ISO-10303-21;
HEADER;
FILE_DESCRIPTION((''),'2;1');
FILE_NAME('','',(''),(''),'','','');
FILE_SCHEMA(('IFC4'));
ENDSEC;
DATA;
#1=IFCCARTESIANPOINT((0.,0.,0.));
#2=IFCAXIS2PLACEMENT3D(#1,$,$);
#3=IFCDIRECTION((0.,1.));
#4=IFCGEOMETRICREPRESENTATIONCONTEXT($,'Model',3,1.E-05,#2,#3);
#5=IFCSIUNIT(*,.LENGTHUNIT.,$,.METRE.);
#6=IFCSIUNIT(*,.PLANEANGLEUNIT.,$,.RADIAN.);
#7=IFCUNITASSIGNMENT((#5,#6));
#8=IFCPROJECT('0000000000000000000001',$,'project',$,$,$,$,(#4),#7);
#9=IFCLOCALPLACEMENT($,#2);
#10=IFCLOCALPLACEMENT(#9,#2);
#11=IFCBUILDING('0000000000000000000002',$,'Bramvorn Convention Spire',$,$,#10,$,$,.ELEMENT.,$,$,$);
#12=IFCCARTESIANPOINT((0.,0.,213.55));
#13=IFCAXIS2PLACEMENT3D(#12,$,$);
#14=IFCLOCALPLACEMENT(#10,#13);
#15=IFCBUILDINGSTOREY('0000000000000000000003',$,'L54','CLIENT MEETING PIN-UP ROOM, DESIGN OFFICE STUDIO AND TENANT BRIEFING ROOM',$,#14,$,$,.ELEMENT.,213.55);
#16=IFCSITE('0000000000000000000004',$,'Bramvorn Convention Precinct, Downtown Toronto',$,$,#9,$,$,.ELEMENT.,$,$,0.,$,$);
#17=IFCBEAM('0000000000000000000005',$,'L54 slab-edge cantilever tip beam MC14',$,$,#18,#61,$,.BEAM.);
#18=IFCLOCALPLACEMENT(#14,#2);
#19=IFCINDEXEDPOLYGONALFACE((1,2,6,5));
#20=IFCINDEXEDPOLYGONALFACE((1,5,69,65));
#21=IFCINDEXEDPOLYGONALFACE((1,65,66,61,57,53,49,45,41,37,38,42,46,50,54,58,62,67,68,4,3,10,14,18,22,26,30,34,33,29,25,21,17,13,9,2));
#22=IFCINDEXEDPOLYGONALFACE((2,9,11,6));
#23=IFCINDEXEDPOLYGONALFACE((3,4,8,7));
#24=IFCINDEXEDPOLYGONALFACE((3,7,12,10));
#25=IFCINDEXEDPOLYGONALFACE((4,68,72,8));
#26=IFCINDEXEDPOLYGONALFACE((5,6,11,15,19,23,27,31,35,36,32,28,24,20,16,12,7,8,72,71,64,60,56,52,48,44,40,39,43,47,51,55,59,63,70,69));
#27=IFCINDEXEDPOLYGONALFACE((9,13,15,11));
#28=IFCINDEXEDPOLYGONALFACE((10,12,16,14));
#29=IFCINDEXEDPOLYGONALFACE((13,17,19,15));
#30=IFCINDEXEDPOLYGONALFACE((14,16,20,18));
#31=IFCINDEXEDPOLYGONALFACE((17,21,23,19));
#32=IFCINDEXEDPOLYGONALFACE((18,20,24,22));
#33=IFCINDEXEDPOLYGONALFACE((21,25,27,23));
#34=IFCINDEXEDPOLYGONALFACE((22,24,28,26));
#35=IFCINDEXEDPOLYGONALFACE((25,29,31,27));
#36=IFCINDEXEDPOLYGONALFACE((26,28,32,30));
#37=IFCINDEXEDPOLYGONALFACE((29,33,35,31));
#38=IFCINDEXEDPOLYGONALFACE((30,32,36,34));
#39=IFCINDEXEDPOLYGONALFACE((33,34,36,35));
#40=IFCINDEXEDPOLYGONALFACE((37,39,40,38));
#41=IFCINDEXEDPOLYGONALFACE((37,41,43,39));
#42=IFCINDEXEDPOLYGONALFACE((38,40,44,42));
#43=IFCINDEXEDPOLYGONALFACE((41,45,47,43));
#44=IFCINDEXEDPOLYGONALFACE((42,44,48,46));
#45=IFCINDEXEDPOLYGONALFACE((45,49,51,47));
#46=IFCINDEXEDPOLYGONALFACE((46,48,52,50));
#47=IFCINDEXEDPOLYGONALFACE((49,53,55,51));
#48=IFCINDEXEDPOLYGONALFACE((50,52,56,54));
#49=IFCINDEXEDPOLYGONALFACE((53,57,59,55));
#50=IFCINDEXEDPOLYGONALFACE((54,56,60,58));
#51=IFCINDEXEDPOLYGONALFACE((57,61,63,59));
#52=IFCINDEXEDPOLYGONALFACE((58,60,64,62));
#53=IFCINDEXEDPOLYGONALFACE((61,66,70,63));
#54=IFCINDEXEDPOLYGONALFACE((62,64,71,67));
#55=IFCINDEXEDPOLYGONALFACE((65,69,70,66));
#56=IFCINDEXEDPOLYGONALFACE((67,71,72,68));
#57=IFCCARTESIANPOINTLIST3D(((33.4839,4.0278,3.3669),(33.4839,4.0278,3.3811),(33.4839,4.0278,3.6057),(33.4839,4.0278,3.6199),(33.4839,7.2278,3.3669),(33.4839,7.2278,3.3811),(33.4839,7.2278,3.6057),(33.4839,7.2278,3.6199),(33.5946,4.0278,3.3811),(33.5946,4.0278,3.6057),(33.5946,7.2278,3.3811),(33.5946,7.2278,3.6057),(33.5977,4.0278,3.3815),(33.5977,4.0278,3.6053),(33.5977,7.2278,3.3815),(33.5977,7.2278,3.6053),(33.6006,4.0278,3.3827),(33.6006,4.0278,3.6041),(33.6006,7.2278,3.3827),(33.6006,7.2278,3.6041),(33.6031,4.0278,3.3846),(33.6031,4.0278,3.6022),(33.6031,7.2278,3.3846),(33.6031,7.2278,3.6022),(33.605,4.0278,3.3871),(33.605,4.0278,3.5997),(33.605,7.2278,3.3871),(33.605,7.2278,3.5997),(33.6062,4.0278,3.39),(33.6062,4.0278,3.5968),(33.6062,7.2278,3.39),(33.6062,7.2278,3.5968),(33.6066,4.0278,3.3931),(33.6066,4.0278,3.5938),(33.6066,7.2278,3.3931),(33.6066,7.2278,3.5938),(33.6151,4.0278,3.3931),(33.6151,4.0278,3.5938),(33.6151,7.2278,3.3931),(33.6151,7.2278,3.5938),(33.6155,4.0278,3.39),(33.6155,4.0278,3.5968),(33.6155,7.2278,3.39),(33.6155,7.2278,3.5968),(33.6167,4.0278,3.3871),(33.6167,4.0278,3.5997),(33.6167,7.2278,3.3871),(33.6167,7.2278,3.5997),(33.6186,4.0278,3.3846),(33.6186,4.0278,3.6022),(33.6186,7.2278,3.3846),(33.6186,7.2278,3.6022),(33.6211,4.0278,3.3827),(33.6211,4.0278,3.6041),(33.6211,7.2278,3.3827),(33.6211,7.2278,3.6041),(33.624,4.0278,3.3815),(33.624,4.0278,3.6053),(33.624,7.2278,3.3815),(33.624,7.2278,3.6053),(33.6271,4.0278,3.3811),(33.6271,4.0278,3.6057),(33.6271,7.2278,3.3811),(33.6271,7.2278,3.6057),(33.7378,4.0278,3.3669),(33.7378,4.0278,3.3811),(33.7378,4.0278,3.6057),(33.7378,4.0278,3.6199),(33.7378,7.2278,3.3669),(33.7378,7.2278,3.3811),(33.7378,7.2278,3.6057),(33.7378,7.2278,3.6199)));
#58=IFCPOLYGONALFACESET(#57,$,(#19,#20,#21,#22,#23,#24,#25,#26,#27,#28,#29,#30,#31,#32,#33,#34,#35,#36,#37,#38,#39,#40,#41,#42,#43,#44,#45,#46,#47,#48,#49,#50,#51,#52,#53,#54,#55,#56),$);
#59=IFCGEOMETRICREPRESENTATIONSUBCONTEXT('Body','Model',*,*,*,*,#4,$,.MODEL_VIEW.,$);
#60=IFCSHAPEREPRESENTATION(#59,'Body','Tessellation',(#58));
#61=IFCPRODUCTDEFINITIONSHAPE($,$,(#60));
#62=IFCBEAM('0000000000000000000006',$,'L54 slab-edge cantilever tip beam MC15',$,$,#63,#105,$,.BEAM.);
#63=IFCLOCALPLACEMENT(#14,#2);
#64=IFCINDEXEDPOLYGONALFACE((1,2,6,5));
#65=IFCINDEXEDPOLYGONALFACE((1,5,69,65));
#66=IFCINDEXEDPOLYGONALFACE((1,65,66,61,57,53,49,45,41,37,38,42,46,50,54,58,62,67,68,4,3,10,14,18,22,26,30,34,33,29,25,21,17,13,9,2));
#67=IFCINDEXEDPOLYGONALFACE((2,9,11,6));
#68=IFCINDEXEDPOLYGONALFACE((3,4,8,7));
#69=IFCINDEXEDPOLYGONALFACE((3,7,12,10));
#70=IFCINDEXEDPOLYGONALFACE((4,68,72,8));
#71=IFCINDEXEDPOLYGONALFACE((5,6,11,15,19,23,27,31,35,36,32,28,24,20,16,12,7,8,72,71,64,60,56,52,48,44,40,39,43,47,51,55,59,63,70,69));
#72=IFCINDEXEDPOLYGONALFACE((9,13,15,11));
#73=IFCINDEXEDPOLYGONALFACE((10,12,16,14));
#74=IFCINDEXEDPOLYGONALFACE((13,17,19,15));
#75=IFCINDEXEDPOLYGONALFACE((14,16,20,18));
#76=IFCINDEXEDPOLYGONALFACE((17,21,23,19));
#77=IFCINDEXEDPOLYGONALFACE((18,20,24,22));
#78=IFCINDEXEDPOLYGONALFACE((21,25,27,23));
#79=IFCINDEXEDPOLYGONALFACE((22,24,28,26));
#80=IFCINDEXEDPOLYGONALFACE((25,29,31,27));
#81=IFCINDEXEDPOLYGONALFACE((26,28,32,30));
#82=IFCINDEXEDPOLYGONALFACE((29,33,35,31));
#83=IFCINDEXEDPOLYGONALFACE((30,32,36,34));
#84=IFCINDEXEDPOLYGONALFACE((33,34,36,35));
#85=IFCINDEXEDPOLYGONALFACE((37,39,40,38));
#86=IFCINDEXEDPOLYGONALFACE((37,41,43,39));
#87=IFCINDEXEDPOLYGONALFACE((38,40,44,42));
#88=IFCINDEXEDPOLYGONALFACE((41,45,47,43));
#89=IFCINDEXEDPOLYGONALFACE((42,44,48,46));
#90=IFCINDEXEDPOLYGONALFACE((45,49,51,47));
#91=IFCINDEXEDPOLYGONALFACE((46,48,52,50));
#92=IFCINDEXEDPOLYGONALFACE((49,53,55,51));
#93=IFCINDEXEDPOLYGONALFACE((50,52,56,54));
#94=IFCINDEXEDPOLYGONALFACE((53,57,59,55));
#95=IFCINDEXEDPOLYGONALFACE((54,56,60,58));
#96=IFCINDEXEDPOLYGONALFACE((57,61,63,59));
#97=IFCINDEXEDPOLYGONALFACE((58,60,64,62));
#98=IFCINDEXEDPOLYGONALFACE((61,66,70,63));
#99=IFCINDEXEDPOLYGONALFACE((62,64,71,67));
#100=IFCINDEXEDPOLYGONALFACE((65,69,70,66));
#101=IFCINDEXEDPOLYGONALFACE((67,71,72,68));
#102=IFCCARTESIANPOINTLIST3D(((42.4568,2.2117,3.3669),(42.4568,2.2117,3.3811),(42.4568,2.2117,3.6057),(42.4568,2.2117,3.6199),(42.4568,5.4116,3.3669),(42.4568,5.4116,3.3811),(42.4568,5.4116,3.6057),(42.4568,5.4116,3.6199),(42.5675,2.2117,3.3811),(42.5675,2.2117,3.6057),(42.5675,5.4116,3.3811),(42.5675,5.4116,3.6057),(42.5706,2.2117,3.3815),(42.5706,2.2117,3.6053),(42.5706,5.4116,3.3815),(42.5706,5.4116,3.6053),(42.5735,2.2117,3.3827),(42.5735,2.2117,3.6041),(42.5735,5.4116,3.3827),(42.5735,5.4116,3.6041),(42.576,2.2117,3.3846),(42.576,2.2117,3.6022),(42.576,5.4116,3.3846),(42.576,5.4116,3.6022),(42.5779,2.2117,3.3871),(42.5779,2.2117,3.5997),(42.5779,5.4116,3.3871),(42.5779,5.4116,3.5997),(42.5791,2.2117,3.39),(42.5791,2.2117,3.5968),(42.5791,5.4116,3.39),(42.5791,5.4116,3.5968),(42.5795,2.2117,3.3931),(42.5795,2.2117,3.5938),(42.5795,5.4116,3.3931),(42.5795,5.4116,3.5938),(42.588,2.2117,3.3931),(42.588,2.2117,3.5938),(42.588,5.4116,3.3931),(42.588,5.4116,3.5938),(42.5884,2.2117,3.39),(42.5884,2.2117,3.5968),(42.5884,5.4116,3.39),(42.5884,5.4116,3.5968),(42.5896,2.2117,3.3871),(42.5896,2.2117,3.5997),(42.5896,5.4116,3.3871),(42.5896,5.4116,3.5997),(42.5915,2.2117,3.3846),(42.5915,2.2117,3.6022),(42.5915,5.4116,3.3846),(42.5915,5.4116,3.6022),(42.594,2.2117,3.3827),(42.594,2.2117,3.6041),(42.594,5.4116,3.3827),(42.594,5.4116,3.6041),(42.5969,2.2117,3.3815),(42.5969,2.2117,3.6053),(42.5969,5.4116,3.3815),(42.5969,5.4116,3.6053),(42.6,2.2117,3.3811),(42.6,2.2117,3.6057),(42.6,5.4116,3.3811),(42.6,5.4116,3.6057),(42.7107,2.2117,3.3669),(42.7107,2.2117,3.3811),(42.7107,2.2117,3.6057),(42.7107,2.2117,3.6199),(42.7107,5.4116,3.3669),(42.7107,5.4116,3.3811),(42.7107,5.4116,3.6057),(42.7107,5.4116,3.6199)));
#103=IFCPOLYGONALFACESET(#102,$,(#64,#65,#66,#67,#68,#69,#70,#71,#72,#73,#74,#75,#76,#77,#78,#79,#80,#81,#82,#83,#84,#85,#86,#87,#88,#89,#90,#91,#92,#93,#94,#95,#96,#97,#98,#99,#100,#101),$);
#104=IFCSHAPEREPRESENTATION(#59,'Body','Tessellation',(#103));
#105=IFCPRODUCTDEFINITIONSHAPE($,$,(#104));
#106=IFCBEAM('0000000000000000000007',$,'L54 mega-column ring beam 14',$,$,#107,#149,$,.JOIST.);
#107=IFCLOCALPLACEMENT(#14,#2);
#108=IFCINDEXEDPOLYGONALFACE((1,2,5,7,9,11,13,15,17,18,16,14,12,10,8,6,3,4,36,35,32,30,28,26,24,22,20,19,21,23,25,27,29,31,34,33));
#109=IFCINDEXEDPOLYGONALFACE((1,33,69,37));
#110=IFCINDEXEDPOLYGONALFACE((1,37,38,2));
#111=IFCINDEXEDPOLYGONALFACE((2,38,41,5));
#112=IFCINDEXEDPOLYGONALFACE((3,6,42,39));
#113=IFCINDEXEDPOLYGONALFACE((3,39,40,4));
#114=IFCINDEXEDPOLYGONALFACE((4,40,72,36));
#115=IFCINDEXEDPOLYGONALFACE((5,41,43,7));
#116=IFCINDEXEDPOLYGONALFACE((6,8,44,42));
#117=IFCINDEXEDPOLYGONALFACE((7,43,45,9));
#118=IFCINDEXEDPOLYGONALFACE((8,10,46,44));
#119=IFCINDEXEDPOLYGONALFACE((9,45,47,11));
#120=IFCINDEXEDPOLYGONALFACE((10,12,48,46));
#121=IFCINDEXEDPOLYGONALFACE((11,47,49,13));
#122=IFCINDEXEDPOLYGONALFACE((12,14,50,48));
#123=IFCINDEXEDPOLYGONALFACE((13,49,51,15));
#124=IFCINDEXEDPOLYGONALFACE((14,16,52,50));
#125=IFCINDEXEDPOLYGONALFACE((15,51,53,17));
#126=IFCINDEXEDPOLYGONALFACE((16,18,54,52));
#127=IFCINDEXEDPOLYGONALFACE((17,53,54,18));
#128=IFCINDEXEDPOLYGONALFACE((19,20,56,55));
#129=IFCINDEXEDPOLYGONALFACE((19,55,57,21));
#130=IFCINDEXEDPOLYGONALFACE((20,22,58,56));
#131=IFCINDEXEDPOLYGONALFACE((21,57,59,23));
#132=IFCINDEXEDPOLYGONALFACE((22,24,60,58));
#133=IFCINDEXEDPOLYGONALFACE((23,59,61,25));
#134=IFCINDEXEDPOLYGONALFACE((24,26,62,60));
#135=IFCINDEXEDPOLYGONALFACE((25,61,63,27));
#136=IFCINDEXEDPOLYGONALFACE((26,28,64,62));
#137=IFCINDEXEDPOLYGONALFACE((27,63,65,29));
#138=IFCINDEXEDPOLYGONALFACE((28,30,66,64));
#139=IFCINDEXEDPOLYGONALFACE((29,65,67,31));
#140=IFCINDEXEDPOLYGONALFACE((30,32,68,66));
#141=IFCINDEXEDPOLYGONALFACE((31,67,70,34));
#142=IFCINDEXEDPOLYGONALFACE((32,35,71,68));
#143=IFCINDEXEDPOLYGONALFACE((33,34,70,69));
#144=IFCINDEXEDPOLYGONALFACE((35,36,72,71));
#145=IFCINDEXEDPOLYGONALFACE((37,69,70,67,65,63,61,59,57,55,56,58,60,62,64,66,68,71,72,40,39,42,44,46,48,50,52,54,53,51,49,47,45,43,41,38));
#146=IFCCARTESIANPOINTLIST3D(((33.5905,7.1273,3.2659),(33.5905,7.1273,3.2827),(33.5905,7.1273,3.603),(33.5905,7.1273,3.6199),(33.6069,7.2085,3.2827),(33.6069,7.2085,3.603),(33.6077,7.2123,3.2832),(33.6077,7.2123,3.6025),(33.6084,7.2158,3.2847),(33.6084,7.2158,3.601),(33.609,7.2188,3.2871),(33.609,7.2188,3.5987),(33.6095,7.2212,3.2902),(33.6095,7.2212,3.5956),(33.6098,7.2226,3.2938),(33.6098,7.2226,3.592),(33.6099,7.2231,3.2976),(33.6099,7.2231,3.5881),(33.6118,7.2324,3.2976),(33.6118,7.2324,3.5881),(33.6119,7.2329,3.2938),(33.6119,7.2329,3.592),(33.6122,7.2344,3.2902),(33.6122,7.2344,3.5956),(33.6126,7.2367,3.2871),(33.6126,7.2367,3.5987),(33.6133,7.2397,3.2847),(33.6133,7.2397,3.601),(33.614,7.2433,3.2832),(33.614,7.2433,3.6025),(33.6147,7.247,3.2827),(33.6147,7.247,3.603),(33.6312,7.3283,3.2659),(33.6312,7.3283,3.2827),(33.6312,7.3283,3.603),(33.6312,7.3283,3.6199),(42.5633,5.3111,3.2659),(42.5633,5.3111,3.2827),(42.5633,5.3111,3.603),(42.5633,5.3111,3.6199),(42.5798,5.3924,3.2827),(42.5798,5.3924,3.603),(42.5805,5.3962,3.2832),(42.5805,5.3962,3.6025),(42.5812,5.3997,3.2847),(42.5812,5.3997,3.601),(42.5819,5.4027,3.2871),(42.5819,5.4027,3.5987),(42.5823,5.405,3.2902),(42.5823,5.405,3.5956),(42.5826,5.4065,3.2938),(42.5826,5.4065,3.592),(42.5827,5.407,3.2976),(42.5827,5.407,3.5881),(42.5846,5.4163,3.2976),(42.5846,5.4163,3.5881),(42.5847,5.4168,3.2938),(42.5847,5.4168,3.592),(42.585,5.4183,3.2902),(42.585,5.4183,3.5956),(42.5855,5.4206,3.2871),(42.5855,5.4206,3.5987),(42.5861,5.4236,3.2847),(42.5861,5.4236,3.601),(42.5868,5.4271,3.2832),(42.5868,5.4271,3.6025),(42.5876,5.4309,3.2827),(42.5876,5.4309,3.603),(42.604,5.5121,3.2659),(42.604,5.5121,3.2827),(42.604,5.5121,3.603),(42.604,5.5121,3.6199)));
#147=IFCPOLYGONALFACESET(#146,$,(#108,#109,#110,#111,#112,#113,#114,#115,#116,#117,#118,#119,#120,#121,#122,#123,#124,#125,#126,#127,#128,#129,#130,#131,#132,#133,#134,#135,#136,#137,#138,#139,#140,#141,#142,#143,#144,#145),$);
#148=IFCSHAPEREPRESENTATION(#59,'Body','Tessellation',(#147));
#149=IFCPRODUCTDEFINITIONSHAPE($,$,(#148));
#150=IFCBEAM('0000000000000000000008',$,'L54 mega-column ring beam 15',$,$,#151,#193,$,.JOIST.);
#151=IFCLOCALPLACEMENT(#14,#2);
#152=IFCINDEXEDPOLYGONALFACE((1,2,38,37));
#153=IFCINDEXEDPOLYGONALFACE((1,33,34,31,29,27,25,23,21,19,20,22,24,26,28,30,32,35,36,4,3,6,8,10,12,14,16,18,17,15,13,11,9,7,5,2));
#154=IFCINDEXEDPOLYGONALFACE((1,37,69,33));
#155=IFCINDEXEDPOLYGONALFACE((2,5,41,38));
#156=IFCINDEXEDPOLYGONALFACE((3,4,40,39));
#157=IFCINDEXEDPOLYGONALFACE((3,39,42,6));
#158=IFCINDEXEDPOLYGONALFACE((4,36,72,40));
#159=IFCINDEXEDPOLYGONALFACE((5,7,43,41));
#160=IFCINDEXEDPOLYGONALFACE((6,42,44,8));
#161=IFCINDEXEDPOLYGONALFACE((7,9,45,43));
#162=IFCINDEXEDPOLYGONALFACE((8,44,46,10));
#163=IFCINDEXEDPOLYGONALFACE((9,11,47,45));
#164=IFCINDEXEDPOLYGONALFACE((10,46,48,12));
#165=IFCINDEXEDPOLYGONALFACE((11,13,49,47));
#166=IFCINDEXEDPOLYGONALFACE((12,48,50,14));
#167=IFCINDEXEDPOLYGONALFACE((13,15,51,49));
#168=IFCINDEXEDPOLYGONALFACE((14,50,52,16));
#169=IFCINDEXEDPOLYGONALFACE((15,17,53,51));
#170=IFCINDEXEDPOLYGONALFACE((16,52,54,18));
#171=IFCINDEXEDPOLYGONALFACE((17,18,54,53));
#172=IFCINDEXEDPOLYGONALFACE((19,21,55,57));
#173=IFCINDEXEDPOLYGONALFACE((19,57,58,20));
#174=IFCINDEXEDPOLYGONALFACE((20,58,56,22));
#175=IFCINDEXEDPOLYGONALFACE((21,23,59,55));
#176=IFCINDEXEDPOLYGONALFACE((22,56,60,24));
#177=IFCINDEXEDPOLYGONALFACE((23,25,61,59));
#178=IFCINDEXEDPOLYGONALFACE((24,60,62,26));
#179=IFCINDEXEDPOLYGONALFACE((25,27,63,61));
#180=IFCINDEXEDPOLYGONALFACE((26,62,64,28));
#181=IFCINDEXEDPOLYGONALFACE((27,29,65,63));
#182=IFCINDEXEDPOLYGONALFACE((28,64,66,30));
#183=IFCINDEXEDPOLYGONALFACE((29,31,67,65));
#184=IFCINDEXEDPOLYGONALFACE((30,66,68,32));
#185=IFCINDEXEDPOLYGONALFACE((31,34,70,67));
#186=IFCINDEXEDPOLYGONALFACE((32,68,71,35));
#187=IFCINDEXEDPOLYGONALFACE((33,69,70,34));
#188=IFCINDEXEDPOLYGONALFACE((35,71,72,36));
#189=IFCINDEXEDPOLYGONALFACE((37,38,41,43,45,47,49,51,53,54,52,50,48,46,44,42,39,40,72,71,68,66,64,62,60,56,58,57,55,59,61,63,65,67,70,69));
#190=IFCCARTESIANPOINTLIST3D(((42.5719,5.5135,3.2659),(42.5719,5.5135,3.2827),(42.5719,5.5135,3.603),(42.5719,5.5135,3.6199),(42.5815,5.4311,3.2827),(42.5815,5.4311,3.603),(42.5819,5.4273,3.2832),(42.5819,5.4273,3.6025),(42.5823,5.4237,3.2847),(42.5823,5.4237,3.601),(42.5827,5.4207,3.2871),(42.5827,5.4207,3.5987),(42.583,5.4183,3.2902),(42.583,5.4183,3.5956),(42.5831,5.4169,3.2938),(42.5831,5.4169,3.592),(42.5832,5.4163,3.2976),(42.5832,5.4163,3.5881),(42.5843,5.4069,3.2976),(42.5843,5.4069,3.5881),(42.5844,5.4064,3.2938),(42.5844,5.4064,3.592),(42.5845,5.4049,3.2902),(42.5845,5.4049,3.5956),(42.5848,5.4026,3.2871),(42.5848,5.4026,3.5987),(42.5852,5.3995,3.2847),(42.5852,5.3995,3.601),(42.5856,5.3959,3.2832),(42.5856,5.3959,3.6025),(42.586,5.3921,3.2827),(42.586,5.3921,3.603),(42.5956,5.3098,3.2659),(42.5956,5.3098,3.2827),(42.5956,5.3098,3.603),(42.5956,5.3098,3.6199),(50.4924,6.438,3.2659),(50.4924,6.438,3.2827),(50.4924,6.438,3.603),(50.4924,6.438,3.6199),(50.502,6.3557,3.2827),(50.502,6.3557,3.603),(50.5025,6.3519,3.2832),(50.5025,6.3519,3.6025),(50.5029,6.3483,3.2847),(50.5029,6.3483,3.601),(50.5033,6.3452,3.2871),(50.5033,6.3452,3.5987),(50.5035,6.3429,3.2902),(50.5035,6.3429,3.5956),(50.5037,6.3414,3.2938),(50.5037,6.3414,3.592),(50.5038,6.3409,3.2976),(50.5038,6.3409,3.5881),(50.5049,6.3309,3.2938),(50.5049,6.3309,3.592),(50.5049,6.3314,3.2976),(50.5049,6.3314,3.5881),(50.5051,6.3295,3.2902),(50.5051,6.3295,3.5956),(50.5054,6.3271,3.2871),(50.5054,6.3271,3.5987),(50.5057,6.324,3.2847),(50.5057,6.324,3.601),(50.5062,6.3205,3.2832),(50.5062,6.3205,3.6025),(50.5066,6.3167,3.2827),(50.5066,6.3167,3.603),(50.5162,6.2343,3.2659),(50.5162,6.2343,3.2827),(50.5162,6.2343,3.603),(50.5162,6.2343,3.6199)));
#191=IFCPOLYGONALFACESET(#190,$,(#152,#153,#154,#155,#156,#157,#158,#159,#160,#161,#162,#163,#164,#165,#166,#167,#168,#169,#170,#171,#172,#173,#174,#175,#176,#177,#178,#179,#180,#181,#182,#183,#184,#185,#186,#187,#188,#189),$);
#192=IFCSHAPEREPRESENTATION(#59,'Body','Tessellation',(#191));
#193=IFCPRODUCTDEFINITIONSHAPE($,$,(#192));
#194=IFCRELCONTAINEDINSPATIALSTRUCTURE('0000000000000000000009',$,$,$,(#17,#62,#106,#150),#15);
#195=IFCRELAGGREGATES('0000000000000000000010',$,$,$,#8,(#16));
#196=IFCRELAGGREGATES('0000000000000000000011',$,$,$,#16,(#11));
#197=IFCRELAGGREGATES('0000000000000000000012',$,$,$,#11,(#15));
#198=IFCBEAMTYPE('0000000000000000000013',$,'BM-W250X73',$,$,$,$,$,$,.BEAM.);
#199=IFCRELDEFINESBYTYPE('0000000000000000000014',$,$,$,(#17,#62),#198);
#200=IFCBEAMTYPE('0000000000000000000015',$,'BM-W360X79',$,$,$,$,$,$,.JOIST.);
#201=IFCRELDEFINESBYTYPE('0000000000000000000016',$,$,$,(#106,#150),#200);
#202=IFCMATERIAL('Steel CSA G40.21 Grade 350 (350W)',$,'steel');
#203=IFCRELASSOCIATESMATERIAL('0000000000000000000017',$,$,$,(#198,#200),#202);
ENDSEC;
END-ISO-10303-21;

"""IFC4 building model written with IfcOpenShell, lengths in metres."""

from ifc_helpers import new_model, si_unit, direction, frame, origin, origin_2d, place, context, subcontext, project, spatial, i_section, extrude, material, material_profile, profile_set, type_object, element, save


model = new_model("IFC4")

# Units and contexts
model_context = context("Model", 3, precision=1e-05, world=origin(), true_north=direction((0.0, 1.0)))
body_context = subcontext(model_context, "Body", "Model", "MODEL_VIEW")
ifc_project = project(units=[si_unit("LENGTHUNIT", "METRE"), si_unit("PLANEANGLEUNIT", "RADIAN")], contexts=[model_context])

# Site, building, storey
site_placement = place(None, origin())
site = spatial("IfcSite", under=ifc_project, at=site_placement, Name="Bramvorn Convention Precinct, Downtown Toronto", CompositionType="ELEMENT", RefElevation=0.0)
building_placement = place(site_placement, origin())
building = spatial("IfcBuilding", under=site, at=building_placement, Name="Bramvorn Convention Spire", CompositionType="ELEMENT")
storey_placement = place(building_placement, frame((0.0, 0.0, 213.55)))
storey = spatial("IfcBuildingStorey", under=building, at=storey_placement, Name="L54", Description="CLIENT MEETING PIN-UP ROOM, DESIGN OFFICE STUDIO AND TENANT BRIEFING ROOM", CompositionType="ELEMENT", Elevation=213.55)

# Shared definitions
ifc_material_1 = material(Name="Steel CSA G40.21 Grade 350 (350W)", Category="steel")

# Beams
ifc_material_profile_1 = material_profile(ifc_material_1, i_section(OverallWidth=0.2539, OverallDepth=0.2529, WebThickness=0.0085, FlangeThickness=0.0142, FilletRadius=0.012, at=origin_2d()))
ifc_profile_set_1 = profile_set([ifc_material_profile_1], Name="Steel CSA G40.21 Grade 350 (350W) - W250X73")
beam_type_1 = type_object("IfcBeamType", Name="BM-W250X73", PredefinedType="BEAM", material=ifc_profile_set_1)
for number, where, z_axis, x_axis, name in (
    (1, (33.6108, 7.2278, 3.4934), (0.0, -1.0, 0.0), (1.0, 0.0, 0.0), "L54 slab-edge cantilever tip beam MC14"),
    (2, (42.5837, 5.4116, 3.4934), (0.0, -1.0, 0.0), (1.0, 0.0, 0.0), "L54 slab-edge cantilever tip beam MC15"),
):
    element("IfcBeam", number, at=place(storey_placement, frame(where, z_axis=z_axis, x_axis=x_axis)), inside=storey, type_object=beam_type_1, Name=name, PredefinedType="BEAM", context=body_context, shape_type="SweptSolid", body=[
        extrude(i_section(OverallWidth=0.2539, OverallDepth=0.2529, WebThickness=0.0085, FlangeThickness=0.0142, FilletRadius=0.012, at=origin_2d()), origin(), (0.0, 0.0, 1.0), 3.2),
    ])
ifc_material_profile_2 = material_profile(ifc_material_1, i_section(OverallWidth=0.2051, OverallDepth=0.354, WebThickness=0.0095, FlangeThickness=0.0168, FilletRadius=0.0149, at=origin_2d()))
ifc_profile_set_2 = profile_set([ifc_material_profile_2], Name="Steel CSA G40.21 Grade 350 (350W) - W360X79")
beam_type_2 = type_object("IfcBeamType", Name="BM-W360X79", PredefinedType="JOIST", material=ifc_profile_set_2)
beam_1_placement = place(storey_placement, frame((33.6108, 7.2278, 3.4429), z_axis=(0.980125, -0.198382, 0.0), x_axis=(0.198382, 0.980125, 0.0)))
element("IfcBeam", 3, at=beam_1_placement, inside=storey, type_object=beam_type_2, Name="L54 mega-column ring beam 14", PredefinedType="JOIST", context=body_context, shape_type="SweptSolid", body=[
    extrude(i_section(OverallWidth=0.2051, OverallDepth=0.354, WebThickness=0.0095, FlangeThickness=0.0168, FilletRadius=0.0149, at=origin_2d()), origin(), (0.0, 0.0, 1.0), 9.1548),
])
beam_2_placement = place(storey_placement, frame((42.5837, 5.4116, 3.4429), z_axis=(0.993256, 0.115941, 0.0), x_axis=(-0.115941, 0.993256, 0.0)))
element("IfcBeam", 4, at=beam_2_placement, inside=storey, type_object=beam_type_2, Name="L54 mega-column ring beam 15", PredefinedType="JOIST", context=body_context, shape_type="SweptSolid", body=[
    extrude(i_section(OverallWidth=0.2051, OverallDepth=0.354, WebThickness=0.0095, FlangeThickness=0.0168, FilletRadius=0.0149, at=origin_2d()), origin(), (0.0, 0.0, 1.0), 7.9744),
])

save(model, "model.ifc")
